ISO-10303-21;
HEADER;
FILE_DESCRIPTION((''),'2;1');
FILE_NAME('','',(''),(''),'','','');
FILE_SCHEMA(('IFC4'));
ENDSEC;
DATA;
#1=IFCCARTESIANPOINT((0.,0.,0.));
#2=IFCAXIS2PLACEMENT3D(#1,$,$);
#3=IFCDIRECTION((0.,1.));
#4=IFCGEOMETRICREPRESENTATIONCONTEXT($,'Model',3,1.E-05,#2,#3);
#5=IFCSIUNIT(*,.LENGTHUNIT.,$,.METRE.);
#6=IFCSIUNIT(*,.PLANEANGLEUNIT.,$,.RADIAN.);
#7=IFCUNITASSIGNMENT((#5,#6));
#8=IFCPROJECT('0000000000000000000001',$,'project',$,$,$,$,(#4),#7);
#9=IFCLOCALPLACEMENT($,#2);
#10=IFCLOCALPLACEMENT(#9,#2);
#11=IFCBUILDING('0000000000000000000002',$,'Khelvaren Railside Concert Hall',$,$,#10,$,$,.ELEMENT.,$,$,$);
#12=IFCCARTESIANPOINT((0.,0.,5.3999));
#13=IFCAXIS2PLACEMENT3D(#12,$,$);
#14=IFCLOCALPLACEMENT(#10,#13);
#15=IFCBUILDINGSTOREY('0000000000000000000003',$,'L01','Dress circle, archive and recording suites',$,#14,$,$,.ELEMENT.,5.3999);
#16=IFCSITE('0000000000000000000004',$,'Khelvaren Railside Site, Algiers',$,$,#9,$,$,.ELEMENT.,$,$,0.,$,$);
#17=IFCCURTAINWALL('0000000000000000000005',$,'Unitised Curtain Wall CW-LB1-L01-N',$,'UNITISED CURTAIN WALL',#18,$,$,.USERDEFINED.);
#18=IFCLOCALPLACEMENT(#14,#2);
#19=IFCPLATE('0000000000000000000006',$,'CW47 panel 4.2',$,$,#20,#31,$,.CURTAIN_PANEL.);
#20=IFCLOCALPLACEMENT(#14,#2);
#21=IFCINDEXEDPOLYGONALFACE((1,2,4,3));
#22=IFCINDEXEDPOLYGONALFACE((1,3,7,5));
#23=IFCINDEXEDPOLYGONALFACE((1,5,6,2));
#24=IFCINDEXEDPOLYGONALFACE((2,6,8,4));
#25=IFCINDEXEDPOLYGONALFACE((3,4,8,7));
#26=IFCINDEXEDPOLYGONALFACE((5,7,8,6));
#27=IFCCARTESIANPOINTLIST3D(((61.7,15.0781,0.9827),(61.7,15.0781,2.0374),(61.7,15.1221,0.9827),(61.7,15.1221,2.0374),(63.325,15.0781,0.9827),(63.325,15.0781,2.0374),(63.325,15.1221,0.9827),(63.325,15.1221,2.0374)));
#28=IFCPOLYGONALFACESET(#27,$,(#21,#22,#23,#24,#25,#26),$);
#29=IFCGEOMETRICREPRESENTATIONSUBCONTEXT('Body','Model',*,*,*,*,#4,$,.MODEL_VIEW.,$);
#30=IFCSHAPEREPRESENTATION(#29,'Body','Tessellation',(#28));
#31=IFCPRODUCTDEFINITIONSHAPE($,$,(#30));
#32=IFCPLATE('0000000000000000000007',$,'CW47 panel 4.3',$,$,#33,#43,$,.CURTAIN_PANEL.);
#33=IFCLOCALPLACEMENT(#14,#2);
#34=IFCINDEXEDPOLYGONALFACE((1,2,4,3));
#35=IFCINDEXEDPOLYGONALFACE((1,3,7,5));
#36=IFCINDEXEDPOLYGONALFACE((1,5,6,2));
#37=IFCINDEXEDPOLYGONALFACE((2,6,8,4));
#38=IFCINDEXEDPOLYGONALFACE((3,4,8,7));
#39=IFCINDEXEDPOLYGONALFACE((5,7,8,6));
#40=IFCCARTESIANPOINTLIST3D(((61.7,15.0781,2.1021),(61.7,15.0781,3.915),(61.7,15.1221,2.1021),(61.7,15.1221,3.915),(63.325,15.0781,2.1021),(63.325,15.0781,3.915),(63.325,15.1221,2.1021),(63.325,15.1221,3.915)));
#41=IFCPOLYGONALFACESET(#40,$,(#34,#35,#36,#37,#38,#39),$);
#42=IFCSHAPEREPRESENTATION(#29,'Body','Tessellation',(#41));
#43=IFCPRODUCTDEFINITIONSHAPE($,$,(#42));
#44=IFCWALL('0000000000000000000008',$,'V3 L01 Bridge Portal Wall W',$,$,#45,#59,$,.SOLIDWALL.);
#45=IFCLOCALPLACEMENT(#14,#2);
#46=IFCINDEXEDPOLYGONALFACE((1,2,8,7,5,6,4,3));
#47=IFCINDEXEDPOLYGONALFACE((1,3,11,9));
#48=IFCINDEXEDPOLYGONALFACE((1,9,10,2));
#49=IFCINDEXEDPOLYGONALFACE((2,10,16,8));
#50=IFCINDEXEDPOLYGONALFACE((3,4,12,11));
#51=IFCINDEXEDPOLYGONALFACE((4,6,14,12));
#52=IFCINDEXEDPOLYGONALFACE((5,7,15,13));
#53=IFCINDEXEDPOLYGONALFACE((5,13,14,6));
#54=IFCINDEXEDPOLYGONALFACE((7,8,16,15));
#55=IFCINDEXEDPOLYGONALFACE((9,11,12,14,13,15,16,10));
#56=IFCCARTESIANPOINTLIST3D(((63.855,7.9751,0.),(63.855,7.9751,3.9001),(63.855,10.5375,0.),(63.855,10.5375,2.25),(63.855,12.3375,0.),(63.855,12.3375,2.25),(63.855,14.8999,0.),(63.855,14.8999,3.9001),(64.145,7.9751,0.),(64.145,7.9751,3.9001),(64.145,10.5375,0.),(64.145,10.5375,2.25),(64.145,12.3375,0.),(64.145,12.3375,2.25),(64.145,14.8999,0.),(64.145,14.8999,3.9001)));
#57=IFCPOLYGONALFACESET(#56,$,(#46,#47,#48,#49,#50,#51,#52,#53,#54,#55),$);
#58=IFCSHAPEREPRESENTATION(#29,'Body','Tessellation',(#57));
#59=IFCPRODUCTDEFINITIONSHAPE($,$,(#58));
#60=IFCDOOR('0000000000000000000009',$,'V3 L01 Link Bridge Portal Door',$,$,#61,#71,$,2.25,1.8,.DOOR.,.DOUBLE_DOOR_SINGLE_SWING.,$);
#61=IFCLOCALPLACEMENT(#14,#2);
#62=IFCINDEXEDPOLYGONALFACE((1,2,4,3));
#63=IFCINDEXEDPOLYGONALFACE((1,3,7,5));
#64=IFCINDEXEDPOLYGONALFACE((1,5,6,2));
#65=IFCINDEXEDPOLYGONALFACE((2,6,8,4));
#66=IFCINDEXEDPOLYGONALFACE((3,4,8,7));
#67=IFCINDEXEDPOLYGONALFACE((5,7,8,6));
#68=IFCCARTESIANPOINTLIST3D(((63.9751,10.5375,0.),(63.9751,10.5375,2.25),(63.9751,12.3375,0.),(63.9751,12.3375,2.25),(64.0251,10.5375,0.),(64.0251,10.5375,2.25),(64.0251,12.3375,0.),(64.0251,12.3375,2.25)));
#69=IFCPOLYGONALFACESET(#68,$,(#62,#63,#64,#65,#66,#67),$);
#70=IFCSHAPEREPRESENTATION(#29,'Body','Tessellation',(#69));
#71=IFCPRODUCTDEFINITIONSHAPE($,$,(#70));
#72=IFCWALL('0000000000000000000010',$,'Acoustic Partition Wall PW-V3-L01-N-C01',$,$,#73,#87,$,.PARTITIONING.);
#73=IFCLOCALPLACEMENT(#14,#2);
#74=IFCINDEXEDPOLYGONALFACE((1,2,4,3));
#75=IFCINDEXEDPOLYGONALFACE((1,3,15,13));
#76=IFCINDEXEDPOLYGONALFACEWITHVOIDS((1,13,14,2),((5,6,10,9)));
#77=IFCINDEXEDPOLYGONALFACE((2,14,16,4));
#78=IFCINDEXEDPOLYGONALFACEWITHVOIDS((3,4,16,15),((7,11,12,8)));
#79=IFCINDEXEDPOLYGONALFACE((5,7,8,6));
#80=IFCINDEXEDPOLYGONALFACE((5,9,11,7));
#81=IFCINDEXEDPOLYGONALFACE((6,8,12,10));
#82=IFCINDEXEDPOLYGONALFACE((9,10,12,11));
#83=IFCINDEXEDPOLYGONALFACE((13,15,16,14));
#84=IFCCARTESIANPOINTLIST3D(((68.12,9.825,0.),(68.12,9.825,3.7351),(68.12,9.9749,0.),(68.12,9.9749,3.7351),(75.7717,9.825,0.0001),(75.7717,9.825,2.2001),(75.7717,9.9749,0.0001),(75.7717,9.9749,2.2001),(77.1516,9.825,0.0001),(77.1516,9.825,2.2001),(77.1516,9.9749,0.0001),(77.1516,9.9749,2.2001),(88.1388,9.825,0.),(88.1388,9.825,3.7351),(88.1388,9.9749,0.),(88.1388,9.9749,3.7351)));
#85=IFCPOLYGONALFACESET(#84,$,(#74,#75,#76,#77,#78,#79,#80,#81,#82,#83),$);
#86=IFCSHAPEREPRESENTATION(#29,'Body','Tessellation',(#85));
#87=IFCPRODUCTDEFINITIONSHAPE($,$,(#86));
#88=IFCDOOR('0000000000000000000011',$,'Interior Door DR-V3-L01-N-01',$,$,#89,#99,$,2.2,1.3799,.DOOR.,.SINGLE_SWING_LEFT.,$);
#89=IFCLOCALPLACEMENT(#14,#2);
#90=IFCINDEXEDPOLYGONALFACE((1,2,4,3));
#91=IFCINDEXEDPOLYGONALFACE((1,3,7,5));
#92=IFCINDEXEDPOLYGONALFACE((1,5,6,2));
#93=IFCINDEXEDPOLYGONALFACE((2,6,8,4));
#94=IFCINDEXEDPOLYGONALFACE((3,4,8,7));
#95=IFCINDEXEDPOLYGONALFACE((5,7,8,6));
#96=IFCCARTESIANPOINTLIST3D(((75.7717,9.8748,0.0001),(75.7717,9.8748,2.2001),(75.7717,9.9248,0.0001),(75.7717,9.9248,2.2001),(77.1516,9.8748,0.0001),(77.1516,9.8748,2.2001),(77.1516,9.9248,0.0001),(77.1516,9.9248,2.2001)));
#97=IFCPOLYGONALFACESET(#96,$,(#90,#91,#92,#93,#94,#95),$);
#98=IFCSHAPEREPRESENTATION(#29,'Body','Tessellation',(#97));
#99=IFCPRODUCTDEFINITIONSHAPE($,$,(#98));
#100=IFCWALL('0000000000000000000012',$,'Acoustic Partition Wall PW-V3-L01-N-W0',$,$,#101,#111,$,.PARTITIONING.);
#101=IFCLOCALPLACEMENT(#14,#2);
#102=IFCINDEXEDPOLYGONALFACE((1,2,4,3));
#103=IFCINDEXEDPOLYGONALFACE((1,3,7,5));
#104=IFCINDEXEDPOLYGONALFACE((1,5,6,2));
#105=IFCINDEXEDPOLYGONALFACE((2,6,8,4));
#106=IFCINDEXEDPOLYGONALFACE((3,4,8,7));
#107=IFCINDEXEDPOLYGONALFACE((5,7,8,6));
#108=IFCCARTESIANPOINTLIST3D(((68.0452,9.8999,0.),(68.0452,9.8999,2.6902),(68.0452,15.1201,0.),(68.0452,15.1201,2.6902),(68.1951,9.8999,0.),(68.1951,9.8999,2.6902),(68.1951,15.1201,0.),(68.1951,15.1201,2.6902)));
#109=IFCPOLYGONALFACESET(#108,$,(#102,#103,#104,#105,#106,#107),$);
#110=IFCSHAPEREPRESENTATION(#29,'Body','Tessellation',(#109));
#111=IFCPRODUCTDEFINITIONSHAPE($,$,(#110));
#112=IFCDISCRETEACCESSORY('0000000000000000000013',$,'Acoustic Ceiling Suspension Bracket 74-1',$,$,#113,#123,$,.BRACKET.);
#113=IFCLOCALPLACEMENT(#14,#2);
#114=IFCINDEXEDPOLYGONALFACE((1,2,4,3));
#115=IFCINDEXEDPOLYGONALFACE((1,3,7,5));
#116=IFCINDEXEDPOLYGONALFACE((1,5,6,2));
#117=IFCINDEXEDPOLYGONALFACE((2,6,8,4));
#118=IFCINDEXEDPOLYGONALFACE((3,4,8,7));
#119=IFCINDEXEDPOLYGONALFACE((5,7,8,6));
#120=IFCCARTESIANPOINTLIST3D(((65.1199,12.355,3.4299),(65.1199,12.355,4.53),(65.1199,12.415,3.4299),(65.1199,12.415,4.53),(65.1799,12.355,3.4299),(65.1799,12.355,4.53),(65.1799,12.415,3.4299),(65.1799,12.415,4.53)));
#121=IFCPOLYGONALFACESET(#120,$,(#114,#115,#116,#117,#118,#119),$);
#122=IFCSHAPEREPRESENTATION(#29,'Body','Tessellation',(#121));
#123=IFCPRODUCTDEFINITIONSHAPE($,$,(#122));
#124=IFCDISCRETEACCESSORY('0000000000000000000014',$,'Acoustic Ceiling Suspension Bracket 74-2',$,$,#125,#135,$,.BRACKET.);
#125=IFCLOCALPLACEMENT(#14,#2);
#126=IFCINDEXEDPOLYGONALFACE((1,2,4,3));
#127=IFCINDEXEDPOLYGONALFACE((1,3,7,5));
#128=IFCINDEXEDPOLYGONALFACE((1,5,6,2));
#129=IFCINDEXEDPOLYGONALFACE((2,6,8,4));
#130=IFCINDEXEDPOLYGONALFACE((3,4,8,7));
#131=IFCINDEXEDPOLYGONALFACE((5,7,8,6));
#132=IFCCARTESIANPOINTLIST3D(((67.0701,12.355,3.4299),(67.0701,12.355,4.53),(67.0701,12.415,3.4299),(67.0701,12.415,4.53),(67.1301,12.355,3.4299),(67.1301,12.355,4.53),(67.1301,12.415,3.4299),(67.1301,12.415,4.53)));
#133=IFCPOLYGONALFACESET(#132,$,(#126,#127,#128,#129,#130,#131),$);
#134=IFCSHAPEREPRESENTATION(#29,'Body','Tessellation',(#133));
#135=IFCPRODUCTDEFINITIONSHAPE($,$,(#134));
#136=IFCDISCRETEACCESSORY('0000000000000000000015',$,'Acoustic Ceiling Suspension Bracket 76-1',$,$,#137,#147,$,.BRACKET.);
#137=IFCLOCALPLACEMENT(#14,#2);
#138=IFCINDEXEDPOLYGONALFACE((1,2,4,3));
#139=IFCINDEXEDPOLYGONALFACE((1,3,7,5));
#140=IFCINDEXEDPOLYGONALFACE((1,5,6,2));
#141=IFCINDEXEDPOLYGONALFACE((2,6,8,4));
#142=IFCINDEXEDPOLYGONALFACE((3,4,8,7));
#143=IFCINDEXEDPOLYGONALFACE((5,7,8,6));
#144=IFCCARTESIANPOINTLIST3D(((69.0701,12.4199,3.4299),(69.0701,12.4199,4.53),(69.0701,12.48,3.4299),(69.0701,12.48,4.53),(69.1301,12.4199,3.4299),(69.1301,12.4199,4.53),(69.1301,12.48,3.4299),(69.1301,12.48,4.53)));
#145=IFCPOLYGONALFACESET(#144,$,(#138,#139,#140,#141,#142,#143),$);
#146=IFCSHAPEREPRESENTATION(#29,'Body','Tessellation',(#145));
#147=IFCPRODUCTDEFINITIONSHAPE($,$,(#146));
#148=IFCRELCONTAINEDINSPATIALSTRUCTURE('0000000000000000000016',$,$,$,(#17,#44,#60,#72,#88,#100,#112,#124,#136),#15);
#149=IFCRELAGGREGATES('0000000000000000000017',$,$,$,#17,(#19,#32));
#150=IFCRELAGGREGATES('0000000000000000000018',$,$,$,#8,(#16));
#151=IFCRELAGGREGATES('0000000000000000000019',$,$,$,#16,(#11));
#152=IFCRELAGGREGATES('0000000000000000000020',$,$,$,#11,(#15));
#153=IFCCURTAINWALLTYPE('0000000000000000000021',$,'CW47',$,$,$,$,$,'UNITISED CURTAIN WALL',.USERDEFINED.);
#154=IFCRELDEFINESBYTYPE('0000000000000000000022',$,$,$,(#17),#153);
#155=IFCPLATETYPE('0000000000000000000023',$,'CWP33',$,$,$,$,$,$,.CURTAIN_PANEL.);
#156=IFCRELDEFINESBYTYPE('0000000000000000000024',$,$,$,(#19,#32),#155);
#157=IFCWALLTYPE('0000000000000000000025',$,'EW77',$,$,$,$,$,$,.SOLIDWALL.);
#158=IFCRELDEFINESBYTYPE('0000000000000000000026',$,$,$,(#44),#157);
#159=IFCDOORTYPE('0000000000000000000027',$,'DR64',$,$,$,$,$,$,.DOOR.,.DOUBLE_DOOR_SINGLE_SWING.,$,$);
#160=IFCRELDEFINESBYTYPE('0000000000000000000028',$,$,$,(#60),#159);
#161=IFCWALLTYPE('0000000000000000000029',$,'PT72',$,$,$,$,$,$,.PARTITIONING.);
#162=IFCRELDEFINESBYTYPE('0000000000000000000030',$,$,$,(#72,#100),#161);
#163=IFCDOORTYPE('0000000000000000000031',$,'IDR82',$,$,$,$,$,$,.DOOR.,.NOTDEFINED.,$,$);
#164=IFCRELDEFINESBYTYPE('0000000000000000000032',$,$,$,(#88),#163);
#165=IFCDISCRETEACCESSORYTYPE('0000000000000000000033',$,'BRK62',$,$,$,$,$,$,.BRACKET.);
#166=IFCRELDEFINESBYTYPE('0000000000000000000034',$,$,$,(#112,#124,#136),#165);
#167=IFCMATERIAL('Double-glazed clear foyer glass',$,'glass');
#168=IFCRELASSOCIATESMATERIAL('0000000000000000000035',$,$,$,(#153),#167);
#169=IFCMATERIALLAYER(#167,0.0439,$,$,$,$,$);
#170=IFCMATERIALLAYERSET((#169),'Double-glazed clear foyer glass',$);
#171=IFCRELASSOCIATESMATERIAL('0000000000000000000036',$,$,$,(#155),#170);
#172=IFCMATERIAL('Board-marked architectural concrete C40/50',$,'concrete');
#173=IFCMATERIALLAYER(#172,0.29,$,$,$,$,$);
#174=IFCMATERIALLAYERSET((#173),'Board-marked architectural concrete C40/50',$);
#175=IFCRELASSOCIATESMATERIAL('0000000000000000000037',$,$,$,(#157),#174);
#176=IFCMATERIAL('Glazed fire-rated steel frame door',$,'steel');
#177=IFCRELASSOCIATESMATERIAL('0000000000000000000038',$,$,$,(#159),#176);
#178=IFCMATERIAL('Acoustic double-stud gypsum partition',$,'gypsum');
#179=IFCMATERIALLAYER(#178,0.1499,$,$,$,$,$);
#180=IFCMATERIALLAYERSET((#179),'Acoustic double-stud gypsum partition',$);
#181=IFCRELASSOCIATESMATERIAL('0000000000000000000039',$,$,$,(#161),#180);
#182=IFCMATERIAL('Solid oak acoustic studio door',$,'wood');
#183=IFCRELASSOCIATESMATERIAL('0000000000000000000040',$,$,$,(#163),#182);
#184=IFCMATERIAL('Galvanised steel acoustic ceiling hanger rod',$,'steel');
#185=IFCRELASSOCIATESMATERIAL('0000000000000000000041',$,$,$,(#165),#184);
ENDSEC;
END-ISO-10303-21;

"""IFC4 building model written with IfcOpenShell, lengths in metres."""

from ifc_helpers import new_model, si_unit, direction, frame, frame_2d, origin, origin_2d, place, context, subcontext, project, spatial, rectangle, extrude, material, layer, layer_set, type_object, element, fill, aggregate, save


model = new_model("IFC4")

# Units and contexts
model_context = context("Model", 3, precision=1e-05, world=origin(), true_north=direction((0.0, 1.0)))
body_context = subcontext(model_context, "Body", "Model", "MODEL_VIEW")
ifc_project = project(units=[si_unit("LENGTHUNIT", "METRE"), si_unit("PLANEANGLEUNIT", "RADIAN")], contexts=[model_context])

# Site, building, storey
site_placement = place(None, origin())
site = spatial("IfcSite", under=ifc_project, at=site_placement, Name="Khelvaren Railside Site, Algiers", CompositionType="ELEMENT", RefElevation=0.0)
building_placement = place(site_placement, origin())
building = spatial("IfcBuilding", under=site, at=building_placement, Name="Khelvaren Railside Concert Hall", CompositionType="ELEMENT")
storey_placement = place(building_placement, frame((0.0, 0.0, 5.3999)))
storey = spatial("IfcBuildingStorey", under=building, at=storey_placement, Name="L01", Description="Dress circle, archive and recording suites", CompositionType="ELEMENT", Elevation=5.3999)

# Curtain wall
ifc_material_1 = material(Name="Double-glazed clear foyer glass", Category="glass")
curtain_wall_type = type_object("IfcCurtainWallType", Name="CW47", ElementType="UNITISED CURTAIN WALL", PredefinedType="USERDEFINED", material=ifc_material_1)
curtain_wall_placement = place(storey_placement, origin())
curtain_wall = element("IfcCurtainWall", 1, at=curtain_wall_placement, inside=storey, type_object=curtain_wall_type, Name="Unitised Curtain Wall CW-LB1-L01-N", ObjectType="UNITISED CURTAIN WALL", PredefinedType="USERDEFINED")

# Plates
ifc_layer_1 = layer(ifc_material_1, 0.0439)
ifc_layer_set_1 = layer_set([ifc_layer_1], Name="Double-glazed clear foyer glass")
plate_type = type_object("IfcPlateType", Name="CWP33", PredefinedType="CURTAIN_PANEL", material=ifc_layer_set_1)
plate_1_placement = place(storey_placement, frame((62.5125, 15.1001, 0.9827), z_axis=(0.0, 0.0, 1.0), x_axis=(1.0, 0.0, 0.0)))
plate_1 = element("IfcPlate", 2, at=plate_1_placement, type_object=plate_type, Name="CW47 panel 4.2", PredefinedType="CURTAIN_PANEL", context=body_context, shape_type="SweptSolid", body=[
    extrude(rectangle(XDim=1.625, YDim=0.0439, at=origin_2d()), origin(), (0.0, 0.0, 1.0), 1.0547),
])
plate_2_placement = place(storey_placement, frame((62.5125, 15.1001, 2.1021), z_axis=(0.0, 0.0, 1.0), x_axis=(1.0, 0.0, 0.0)))
plate_2 = element("IfcPlate", 3, at=plate_2_placement, type_object=plate_type, Name="CW47 panel 4.3", PredefinedType="CURTAIN_PANEL", context=body_context, shape_type="SweptSolid", body=[
    extrude(rectangle(XDim=1.625, YDim=0.0439, at=origin_2d()), origin(), (0.0, 0.0, 1.0), 1.813),
])
aggregate(curtain_wall, [plate_1, plate_2])

# Walls, openings, doors
ifc_material_2 = material(Name="Board-marked architectural concrete C40/50", Category="concrete")
ifc_layer_2 = layer(ifc_material_2, 0.29)
ifc_layer_set_2 = layer_set([ifc_layer_2], Name="Board-marked architectural concrete C40/50")
wall_type_1 = type_object("IfcWallType", Name="EW77", PredefinedType="SOLIDWALL", material=ifc_layer_set_2)
wall_1_placement = place(storey_placement, frame((64.0, 7.9751, 0.0), z_axis=(0.0, 0.0, 1.0), x_axis=(0.0, 1.0, 0.0)))
wall_1 = element("IfcWall", 4, at=wall_1_placement, inside=storey, type_object=wall_type_1, Name="V3 L01 Bridge Portal Wall W", PredefinedType="SOLIDWALL", context=body_context, shape_type="SweptSolid", body=[
    extrude(rectangle(XDim=6.9248, YDim=0.29, at=frame_2d((3.4624, 0.0))), origin(), (0.0, 0.0, 1.0), 3.9001),
])
opening_1_placement = place(wall_1_placement, frame((2.5625, 0.0, 0.0)))
opening_1 = element("IfcOpeningElement", 5, at=opening_1_placement, cuts=wall_1, PredefinedType="OPENING", context=body_context, shape_type="SweptSolid", body=[
    extrude(rectangle(XDim=1.8, YDim=2.25, at=frame_2d((0.8999, 1.125))), frame((0.0, 0.155, 0.0), z_axis=(0.0, -1.0, 0.0), x_axis=(1.0, 0.0, 0.0)), (0.0, 0.0, 1.0), 0.3101),
])
ifc_material_3 = material(Name="Glazed fire-rated steel frame door", Category="steel")
door_type_1 = type_object("IfcDoorType", Name="DR64", OperationType="DOUBLE_DOOR_SINGLE_SWING", PredefinedType="DOOR", material=ifc_material_3)
door_1_placement = place(opening_1_placement, origin())
door_1 = element("IfcDoor", 6, at=door_1_placement, inside=storey, type_object=door_type_1, Name="V3 L01 Link Bridge Portal Door", OperationType="DOUBLE_DOOR_SINGLE_SWING", OverallHeight=2.25, OverallWidth=1.8, PredefinedType="DOOR", context=body_context, shape_type="SweptSolid", body=[
    extrude(rectangle(XDim=1.8, YDim=2.25, at=frame_2d((0.8999, 1.125))), frame((0.0, 0.0249, 0.0), z_axis=(0.0, -1.0, 0.0), x_axis=(1.0, 0.0, 0.0)), (0.0, 0.0, 1.0), 0.05),
])
fill(opening_1, door_1)
ifc_material_4 = material(Name="Acoustic double-stud gypsum partition", Category="gypsum")
ifc_layer_3 = layer(ifc_material_4, 0.1499)
ifc_layer_set_3 = layer_set([ifc_layer_3], Name="Acoustic double-stud gypsum partition")
wall_type_2 = type_object("IfcWallType", Name="PT72", PredefinedType="PARTITIONING", material=ifc_layer_set_3)
wall_2_placement = place(storey_placement, frame((68.1201, 9.8999, 0.0), z_axis=(0.0, 0.0, 1.0), x_axis=(1.0, 0.0, 0.0)))
wall_2 = element("IfcWall", 7, at=wall_2_placement, inside=storey, type_object=wall_type_2, Name="Acoustic Partition Wall PW-V3-L01-N-C01", PredefinedType="PARTITIONING", context=body_context, shape_type="SweptSolid", body=[
    extrude(rectangle(XDim=20.0188, YDim=0.1499, at=frame_2d((10.0093, 0.0))), origin(), (0.0, 0.0, 1.0), 3.7351),
])
opening_2_placement = place(wall_2_placement, frame((7.6516, 0.0, 0.0)))
opening_2 = element("IfcOpeningElement", 8, at=opening_2_placement, cuts=wall_2, PredefinedType="OPENING", context=body_context, shape_type="SweptSolid", body=[
    extrude(rectangle(XDim=1.3799, YDim=2.2, at=frame_2d((0.6899, 1.1001))), frame((0.0, 0.085, 0.0), z_axis=(0.0, -1.0, 0.0), x_axis=(1.0, 0.0, 0.0)), (0.0, 0.0, 1.0), 0.1699),
])
ifc_material_5 = material(Name="Solid oak acoustic studio door", Category="wood")
door_type_2 = type_object("IfcDoorType", Name="IDR82", OperationType="NOTDEFINED", PredefinedType="DOOR", material=ifc_material_5)
door_2_placement = place(opening_2_placement, origin())
door_2 = element("IfcDoor", 9, at=door_2_placement, inside=storey, type_object=door_type_2, Name="Interior Door DR-V3-L01-N-01", OperationType="SINGLE_SWING_LEFT", OverallHeight=2.2, OverallWidth=1.3799, PredefinedType="DOOR", context=body_context, shape_type="SweptSolid", body=[
    extrude(rectangle(XDim=1.3799, YDim=2.2, at=frame_2d((0.6899, 1.1001))), frame((0.0, 0.0249, 0.0), z_axis=(0.0, -1.0, 0.0), x_axis=(1.0, 0.0, 0.0)), (0.0, 0.0, 1.0), 0.05),
])
fill(opening_2, door_2)

# Wall
wall_3_placement = place(storey_placement, frame((68.1201, 9.8999, 0.0), z_axis=(0.0, 0.0, 1.0), x_axis=(0.0, 1.0, 0.0)))
element("IfcWall", 10, at=wall_3_placement, inside=storey, type_object=wall_type_2, Name="Acoustic Partition Wall PW-V3-L01-N-W0", PredefinedType="PARTITIONING", context=body_context, shape_type="SweptSolid", body=[
    extrude(rectangle(XDim=5.2202, YDim=0.1499, at=frame_2d((2.6101, 0.0))), origin(), (0.0, 0.0, 1.0), 2.6902),
])

# Discrete accessories
ifc_material_6 = material(Name="Galvanised steel acoustic ceiling hanger rod", Category="steel")
discrete_accessory_type = type_object("IfcDiscreteAccessoryType", Name="BRK62", PredefinedType="BRACKET", material=ifc_material_6)
for number, where, z_axis, x_axis, name in (
    (11, (65.1499, 12.385, 3.4299), (0.0, 0.0, 1.0), (1.0, 0.0, 0.0), "Acoustic Ceiling Suspension Bracket 74-1"),
    (12, (67.1001, 12.385, 3.4299), (0.0, 0.0, 1.0), (1.0, 0.0, 0.0), "Acoustic Ceiling Suspension Bracket 74-2"),
    (13, (69.1001, 12.45, 3.4299), (0.0, 0.0, 1.0), (1.0, 0.0, 0.0), "Acoustic Ceiling Suspension Bracket 76-1"),
):
    element("IfcDiscreteAccessory", number, at=place(storey_placement, frame(where, z_axis=z_axis, x_axis=x_axis)), inside=storey, type_object=discrete_accessory_type, Name=name, PredefinedType="BRACKET", context=body_context, shape_type="SweptSolid", body=[
        extrude(rectangle(XDim=0.0601, YDim=0.0601, at=origin_2d()), origin(), (0.0, 0.0, 1.0), 1.1001),
    ])

save(model, "model.ifc")
